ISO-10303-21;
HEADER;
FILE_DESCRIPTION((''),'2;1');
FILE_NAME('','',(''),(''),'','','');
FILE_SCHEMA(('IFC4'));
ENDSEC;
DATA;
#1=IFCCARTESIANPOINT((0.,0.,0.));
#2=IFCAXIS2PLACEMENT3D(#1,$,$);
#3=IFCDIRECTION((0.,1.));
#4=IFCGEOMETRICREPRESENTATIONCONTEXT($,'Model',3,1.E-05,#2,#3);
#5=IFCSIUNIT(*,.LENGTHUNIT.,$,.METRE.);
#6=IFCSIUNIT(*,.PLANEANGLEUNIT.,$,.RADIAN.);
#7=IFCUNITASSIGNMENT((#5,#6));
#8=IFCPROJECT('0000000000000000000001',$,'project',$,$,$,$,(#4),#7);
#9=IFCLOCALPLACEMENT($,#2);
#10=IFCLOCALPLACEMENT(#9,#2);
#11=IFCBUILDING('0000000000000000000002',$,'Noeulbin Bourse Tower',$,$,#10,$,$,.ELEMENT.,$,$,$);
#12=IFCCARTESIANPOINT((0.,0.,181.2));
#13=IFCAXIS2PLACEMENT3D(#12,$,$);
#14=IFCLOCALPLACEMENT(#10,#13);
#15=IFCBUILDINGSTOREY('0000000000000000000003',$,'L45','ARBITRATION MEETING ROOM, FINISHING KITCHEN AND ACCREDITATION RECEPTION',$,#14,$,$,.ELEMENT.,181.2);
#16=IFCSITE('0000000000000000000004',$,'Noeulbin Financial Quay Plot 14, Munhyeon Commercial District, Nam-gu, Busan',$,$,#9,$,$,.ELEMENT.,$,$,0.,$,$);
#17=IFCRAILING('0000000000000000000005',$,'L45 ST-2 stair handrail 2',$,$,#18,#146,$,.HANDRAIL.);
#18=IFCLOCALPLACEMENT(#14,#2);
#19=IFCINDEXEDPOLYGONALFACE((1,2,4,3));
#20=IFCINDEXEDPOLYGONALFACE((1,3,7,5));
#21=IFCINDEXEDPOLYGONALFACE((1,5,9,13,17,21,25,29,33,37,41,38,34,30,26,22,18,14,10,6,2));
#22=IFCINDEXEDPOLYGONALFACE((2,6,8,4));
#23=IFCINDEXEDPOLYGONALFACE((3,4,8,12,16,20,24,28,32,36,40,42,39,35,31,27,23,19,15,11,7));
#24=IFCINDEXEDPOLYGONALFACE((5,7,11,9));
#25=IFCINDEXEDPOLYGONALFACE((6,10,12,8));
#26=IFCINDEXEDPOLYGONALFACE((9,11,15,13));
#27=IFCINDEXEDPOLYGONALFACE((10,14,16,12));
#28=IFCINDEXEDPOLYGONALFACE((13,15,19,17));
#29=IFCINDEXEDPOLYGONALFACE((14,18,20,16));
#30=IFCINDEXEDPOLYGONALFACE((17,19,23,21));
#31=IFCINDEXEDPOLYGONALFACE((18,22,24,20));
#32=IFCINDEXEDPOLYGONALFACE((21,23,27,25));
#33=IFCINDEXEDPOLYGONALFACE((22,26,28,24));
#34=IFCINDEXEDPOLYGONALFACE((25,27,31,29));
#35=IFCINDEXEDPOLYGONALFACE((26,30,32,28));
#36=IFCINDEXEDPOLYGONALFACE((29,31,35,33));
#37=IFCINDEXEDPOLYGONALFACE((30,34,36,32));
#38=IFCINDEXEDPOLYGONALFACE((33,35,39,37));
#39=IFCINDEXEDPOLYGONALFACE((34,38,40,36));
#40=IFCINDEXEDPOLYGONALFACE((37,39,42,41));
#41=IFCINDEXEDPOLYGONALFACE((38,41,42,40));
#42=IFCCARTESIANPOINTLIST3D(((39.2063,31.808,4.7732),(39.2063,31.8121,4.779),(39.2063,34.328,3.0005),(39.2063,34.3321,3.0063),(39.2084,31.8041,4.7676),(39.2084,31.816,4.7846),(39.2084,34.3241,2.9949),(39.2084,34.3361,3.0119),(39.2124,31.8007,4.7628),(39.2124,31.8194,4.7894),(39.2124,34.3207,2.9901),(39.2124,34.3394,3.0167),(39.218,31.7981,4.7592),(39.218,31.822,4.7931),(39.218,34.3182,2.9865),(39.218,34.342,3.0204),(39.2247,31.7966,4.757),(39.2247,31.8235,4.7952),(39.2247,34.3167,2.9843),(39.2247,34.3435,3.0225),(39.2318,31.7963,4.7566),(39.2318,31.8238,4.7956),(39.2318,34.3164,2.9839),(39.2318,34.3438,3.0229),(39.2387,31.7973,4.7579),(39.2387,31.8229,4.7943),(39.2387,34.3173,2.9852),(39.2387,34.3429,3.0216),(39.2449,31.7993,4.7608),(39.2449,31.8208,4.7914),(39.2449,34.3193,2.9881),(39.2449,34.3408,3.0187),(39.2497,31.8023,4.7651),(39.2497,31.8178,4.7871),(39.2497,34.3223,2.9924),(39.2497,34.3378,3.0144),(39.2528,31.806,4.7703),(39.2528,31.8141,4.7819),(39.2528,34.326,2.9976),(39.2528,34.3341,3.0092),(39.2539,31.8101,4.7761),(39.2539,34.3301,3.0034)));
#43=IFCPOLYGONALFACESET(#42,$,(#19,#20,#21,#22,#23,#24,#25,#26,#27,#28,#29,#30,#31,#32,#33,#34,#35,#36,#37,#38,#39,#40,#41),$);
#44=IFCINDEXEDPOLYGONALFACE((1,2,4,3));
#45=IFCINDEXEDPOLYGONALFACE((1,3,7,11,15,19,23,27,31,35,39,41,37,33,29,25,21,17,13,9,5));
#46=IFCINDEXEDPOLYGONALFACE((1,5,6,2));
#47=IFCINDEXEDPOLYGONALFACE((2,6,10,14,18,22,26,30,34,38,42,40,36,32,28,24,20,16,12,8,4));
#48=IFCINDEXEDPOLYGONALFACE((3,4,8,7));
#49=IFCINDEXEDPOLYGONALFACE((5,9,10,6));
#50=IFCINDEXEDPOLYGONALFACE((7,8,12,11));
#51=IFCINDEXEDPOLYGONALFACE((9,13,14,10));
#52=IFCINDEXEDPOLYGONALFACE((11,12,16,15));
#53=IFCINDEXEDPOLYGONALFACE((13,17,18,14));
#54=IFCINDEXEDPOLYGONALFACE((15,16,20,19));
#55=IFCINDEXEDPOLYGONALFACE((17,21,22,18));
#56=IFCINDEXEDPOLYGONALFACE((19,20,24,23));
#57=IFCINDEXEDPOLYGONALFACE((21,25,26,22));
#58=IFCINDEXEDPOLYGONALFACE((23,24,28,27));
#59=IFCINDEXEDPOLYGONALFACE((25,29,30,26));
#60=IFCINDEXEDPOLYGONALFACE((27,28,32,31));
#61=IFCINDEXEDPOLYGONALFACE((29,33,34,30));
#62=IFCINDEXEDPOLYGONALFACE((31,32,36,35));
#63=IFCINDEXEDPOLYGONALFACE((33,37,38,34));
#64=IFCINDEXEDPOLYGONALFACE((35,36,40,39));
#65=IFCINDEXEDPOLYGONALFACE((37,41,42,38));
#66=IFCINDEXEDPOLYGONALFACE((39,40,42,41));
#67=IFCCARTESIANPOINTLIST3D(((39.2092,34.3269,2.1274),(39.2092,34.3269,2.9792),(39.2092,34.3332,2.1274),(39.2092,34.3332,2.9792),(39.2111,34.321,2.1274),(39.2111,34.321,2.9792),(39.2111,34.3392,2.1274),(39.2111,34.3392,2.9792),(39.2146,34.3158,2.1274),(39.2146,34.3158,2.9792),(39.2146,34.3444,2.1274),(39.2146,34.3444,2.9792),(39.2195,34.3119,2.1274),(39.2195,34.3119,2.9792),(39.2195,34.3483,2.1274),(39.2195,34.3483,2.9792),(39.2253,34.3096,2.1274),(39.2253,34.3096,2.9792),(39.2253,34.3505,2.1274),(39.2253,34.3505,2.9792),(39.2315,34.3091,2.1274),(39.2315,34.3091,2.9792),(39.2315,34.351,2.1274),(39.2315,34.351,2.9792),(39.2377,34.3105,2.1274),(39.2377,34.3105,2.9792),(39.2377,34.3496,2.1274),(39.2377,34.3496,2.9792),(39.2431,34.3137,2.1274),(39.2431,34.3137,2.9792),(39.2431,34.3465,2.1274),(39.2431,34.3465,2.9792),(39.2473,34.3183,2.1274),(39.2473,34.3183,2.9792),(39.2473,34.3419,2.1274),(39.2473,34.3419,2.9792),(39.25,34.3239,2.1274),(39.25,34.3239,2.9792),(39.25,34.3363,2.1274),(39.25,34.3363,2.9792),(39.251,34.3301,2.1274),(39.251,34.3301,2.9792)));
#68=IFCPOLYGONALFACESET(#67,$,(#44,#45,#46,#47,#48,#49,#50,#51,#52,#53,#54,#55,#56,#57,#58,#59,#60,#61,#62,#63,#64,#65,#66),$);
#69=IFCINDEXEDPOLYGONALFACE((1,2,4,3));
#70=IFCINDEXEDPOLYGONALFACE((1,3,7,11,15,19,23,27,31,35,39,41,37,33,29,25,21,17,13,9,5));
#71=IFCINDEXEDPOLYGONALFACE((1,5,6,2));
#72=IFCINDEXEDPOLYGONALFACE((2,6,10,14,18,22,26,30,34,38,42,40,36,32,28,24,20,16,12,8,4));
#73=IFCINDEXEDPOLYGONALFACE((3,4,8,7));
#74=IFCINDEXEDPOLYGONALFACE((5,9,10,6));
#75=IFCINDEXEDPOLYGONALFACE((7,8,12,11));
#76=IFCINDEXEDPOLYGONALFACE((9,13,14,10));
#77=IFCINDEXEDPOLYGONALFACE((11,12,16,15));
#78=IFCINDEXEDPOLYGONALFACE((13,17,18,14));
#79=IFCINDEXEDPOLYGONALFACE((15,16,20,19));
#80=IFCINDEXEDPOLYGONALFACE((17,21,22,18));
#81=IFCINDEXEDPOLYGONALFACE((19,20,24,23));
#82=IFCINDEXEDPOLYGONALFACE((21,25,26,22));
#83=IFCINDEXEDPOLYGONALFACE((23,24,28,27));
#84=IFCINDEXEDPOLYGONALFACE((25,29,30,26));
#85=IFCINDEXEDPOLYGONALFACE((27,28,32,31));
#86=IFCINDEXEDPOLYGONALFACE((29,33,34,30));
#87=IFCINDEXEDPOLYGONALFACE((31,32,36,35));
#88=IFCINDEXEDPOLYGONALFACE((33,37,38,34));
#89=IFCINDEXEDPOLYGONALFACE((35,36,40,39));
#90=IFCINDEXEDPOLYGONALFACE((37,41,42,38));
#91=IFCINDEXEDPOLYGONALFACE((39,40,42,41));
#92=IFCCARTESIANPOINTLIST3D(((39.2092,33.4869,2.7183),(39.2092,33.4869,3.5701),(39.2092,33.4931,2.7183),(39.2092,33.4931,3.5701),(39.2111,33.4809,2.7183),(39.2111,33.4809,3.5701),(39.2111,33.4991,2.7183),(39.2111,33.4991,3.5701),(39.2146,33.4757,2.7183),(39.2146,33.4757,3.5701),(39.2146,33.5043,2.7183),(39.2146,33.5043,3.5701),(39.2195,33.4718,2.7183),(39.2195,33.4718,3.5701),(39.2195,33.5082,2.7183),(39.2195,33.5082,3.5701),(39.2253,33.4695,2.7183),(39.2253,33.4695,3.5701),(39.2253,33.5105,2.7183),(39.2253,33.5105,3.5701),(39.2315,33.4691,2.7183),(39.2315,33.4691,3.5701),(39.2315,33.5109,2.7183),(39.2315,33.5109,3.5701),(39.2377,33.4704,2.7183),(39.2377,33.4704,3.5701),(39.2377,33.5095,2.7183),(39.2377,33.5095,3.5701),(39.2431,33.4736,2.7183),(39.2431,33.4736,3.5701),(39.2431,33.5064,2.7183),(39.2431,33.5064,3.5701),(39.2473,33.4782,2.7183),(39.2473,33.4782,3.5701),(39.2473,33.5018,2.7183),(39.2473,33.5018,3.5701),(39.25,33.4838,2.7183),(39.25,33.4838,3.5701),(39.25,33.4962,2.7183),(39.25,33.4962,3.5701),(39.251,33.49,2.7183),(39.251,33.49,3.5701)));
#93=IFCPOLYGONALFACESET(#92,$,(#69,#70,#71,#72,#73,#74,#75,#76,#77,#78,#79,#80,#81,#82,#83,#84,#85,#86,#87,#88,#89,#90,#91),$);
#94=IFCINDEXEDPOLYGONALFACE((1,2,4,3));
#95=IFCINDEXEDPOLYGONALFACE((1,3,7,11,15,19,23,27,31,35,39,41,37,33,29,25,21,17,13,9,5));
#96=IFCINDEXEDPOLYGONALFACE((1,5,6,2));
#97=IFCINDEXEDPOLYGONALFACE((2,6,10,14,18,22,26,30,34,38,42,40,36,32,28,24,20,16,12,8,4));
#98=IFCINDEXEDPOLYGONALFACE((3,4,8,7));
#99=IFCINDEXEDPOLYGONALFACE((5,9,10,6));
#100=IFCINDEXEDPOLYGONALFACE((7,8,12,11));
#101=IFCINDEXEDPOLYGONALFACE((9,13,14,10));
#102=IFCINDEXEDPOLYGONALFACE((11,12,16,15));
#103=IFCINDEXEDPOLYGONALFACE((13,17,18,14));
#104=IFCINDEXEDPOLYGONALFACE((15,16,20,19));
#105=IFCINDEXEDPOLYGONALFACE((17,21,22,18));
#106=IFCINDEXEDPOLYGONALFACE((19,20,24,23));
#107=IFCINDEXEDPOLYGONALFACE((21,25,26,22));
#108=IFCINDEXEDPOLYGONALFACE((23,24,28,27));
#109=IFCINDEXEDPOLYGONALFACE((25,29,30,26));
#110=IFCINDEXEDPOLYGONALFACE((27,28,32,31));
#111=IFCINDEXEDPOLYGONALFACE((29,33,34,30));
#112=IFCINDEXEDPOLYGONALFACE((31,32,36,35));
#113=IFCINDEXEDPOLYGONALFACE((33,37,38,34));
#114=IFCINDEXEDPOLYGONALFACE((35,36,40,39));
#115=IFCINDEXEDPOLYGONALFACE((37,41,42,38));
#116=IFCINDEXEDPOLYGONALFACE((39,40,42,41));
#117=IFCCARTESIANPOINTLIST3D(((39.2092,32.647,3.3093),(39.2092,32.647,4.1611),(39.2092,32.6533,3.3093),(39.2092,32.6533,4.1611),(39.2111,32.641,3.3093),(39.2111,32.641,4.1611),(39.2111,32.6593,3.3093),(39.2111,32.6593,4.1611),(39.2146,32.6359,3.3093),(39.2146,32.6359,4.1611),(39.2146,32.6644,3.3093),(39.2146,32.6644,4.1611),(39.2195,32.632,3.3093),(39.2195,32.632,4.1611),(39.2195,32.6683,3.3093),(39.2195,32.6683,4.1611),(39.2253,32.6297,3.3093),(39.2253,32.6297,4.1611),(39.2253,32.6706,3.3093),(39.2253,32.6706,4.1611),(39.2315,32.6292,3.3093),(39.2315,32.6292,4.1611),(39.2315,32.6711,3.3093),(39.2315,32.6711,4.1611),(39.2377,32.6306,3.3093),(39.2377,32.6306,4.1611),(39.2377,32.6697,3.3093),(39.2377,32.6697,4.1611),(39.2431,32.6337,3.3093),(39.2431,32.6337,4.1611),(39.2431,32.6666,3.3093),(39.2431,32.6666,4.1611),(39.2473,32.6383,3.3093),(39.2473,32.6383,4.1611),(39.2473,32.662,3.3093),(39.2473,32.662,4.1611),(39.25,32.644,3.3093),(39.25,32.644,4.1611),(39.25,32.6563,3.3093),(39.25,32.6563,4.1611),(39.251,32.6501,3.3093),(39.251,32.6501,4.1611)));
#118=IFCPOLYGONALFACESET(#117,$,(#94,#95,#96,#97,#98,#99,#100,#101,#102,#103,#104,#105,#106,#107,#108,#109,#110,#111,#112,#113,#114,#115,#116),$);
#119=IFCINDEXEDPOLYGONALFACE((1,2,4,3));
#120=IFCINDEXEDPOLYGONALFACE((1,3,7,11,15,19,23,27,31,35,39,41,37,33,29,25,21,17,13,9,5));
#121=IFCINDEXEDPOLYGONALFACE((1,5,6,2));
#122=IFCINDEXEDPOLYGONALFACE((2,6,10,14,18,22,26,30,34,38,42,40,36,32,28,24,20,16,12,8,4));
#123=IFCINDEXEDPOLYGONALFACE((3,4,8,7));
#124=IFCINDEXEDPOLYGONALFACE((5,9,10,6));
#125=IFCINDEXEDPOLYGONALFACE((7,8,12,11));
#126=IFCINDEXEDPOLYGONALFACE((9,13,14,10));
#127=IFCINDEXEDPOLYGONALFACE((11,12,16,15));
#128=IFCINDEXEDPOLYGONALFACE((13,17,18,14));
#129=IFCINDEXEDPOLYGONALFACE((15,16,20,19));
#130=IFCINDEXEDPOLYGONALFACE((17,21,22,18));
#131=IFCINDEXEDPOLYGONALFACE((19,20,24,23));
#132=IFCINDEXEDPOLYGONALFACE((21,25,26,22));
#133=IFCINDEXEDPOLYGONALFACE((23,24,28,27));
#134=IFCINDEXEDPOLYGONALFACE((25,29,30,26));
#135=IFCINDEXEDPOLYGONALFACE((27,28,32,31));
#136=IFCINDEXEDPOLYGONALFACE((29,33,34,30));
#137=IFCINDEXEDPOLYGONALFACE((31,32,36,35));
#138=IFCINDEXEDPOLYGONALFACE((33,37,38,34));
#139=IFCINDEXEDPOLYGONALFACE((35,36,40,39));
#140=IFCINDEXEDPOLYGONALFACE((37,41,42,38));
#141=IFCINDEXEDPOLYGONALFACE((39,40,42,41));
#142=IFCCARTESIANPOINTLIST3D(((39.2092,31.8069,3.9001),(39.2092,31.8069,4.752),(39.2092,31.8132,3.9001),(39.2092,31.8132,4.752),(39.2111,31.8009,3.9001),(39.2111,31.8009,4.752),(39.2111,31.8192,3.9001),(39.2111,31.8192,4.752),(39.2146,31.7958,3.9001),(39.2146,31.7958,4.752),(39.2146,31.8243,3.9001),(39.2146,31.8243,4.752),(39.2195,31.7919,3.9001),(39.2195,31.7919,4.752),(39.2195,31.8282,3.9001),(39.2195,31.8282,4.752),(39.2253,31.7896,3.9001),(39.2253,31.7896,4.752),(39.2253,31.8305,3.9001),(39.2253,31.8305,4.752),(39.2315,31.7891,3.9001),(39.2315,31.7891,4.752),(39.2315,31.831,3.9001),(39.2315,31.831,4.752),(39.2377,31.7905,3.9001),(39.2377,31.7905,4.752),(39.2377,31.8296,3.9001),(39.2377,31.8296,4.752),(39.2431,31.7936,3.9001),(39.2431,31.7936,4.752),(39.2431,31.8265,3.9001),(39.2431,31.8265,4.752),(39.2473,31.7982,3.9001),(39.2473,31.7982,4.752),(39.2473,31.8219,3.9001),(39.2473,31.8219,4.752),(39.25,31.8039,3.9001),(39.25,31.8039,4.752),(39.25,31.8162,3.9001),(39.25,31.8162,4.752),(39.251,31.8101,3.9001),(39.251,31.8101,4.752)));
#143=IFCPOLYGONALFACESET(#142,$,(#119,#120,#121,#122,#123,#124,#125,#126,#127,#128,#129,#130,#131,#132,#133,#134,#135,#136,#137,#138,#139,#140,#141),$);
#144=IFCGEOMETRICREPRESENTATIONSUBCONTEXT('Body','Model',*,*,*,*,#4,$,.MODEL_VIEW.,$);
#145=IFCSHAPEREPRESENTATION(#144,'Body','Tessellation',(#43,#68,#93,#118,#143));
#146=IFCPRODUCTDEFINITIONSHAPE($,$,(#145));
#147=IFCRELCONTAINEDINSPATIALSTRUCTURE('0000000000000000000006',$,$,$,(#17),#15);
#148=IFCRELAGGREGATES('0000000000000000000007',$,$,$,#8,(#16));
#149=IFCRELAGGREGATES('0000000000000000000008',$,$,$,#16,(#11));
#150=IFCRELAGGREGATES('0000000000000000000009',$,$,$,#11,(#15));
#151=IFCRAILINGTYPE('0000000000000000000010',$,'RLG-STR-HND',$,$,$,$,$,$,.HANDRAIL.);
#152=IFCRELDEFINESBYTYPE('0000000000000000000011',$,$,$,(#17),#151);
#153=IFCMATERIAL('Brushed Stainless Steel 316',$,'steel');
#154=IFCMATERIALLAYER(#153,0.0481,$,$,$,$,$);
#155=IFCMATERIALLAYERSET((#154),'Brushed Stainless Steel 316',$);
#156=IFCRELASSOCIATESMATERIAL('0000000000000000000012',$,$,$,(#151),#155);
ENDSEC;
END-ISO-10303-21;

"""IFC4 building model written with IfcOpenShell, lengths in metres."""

from ifc_helpers import new_model, si_unit, direction, frame, origin, origin_2d, place, context, subcontext, project, spatial, circle, extrude, material, layer, layer_set, type_object, element, save


model = new_model("IFC4")

# Units and contexts
model_context = context("Model", 3, precision=1e-05, world=origin(), true_north=direction((0.0, 1.0)))
body_context = subcontext(model_context, "Body", "Model", "MODEL_VIEW")
ifc_project = project(units=[si_unit("LENGTHUNIT", "METRE"), si_unit("PLANEANGLEUNIT", "RADIAN")], contexts=[model_context])

# Site, building, storey
site_placement = place(None, origin())
site = spatial("IfcSite", under=ifc_project, at=site_placement, Name="Noeulbin Financial Quay Plot 14, Munhyeon Commercial District, Nam-gu, Busan", CompositionType="ELEMENT", RefElevation=0.0)
building_placement = place(site_placement, origin())
building = spatial("IfcBuilding", under=site, at=building_placement, Name="Noeulbin Bourse Tower", CompositionType="ELEMENT")
storey_placement = place(building_placement, frame((0.0, 0.0, 181.2)))
storey = spatial("IfcBuildingStorey", under=building, at=storey_placement, Name="L45", Description="ARBITRATION MEETING ROOM, FINISHING KITCHEN AND ACCREDITATION RECEPTION", CompositionType="ELEMENT", Elevation=181.2)

# Shared definitions
ifc_material_1 = material(Name="Brushed Stainless Steel 316", Category="steel")

# Railing
ifc_layer_1 = layer(ifc_material_1, 0.0481)
ifc_layer_set_1 = layer_set([ifc_layer_1], Name="Brushed Stainless Steel 316")
railing_type_1 = type_object("IfcRailingType", Name="RLG-STR-HND", PredefinedType="HANDRAIL", material=ifc_layer_set_1)
railing_1_placement = place(storey_placement, frame((39.23, 34.3301, 2.1274)))
element("IfcRailing", 1, at=railing_1_placement, inside=storey, type_object=railing_type_1, Name="L45 ST-2 stair handrail 2", PredefinedType="HANDRAIL", context=body_context, shape_type="SweptSolid", body=[
    extrude(circle(Radius=0.0239, at=origin_2d()), frame((0.0, 0.0, 0.876), z_axis=(0.0, -0.817904, 0.575354), x_axis=(1.0, 0.0, 0.0)), (0.0, 0.0, 1.0), 3.0811),
    extrude(circle(Radius=0.021, at=origin_2d()), origin(), (0.0, 0.0, 1.0), 0.8518),
    extrude(circle(Radius=0.021, at=origin_2d()), frame((0.0, -0.8401, 0.5908)), (0.0, 0.0, 1.0), 0.8518),
    extrude(circle(Radius=0.021, at=origin_2d()), frame((0.0, -1.6799, 1.1819)), (0.0, 0.0, 1.0), 0.8518),
    extrude(circle(Radius=0.021, at=origin_2d()), frame((0.0, -2.52, 1.7727)), (0.0, 0.0, 1.0), 0.8518),
])

save(model, "model.ifc")
